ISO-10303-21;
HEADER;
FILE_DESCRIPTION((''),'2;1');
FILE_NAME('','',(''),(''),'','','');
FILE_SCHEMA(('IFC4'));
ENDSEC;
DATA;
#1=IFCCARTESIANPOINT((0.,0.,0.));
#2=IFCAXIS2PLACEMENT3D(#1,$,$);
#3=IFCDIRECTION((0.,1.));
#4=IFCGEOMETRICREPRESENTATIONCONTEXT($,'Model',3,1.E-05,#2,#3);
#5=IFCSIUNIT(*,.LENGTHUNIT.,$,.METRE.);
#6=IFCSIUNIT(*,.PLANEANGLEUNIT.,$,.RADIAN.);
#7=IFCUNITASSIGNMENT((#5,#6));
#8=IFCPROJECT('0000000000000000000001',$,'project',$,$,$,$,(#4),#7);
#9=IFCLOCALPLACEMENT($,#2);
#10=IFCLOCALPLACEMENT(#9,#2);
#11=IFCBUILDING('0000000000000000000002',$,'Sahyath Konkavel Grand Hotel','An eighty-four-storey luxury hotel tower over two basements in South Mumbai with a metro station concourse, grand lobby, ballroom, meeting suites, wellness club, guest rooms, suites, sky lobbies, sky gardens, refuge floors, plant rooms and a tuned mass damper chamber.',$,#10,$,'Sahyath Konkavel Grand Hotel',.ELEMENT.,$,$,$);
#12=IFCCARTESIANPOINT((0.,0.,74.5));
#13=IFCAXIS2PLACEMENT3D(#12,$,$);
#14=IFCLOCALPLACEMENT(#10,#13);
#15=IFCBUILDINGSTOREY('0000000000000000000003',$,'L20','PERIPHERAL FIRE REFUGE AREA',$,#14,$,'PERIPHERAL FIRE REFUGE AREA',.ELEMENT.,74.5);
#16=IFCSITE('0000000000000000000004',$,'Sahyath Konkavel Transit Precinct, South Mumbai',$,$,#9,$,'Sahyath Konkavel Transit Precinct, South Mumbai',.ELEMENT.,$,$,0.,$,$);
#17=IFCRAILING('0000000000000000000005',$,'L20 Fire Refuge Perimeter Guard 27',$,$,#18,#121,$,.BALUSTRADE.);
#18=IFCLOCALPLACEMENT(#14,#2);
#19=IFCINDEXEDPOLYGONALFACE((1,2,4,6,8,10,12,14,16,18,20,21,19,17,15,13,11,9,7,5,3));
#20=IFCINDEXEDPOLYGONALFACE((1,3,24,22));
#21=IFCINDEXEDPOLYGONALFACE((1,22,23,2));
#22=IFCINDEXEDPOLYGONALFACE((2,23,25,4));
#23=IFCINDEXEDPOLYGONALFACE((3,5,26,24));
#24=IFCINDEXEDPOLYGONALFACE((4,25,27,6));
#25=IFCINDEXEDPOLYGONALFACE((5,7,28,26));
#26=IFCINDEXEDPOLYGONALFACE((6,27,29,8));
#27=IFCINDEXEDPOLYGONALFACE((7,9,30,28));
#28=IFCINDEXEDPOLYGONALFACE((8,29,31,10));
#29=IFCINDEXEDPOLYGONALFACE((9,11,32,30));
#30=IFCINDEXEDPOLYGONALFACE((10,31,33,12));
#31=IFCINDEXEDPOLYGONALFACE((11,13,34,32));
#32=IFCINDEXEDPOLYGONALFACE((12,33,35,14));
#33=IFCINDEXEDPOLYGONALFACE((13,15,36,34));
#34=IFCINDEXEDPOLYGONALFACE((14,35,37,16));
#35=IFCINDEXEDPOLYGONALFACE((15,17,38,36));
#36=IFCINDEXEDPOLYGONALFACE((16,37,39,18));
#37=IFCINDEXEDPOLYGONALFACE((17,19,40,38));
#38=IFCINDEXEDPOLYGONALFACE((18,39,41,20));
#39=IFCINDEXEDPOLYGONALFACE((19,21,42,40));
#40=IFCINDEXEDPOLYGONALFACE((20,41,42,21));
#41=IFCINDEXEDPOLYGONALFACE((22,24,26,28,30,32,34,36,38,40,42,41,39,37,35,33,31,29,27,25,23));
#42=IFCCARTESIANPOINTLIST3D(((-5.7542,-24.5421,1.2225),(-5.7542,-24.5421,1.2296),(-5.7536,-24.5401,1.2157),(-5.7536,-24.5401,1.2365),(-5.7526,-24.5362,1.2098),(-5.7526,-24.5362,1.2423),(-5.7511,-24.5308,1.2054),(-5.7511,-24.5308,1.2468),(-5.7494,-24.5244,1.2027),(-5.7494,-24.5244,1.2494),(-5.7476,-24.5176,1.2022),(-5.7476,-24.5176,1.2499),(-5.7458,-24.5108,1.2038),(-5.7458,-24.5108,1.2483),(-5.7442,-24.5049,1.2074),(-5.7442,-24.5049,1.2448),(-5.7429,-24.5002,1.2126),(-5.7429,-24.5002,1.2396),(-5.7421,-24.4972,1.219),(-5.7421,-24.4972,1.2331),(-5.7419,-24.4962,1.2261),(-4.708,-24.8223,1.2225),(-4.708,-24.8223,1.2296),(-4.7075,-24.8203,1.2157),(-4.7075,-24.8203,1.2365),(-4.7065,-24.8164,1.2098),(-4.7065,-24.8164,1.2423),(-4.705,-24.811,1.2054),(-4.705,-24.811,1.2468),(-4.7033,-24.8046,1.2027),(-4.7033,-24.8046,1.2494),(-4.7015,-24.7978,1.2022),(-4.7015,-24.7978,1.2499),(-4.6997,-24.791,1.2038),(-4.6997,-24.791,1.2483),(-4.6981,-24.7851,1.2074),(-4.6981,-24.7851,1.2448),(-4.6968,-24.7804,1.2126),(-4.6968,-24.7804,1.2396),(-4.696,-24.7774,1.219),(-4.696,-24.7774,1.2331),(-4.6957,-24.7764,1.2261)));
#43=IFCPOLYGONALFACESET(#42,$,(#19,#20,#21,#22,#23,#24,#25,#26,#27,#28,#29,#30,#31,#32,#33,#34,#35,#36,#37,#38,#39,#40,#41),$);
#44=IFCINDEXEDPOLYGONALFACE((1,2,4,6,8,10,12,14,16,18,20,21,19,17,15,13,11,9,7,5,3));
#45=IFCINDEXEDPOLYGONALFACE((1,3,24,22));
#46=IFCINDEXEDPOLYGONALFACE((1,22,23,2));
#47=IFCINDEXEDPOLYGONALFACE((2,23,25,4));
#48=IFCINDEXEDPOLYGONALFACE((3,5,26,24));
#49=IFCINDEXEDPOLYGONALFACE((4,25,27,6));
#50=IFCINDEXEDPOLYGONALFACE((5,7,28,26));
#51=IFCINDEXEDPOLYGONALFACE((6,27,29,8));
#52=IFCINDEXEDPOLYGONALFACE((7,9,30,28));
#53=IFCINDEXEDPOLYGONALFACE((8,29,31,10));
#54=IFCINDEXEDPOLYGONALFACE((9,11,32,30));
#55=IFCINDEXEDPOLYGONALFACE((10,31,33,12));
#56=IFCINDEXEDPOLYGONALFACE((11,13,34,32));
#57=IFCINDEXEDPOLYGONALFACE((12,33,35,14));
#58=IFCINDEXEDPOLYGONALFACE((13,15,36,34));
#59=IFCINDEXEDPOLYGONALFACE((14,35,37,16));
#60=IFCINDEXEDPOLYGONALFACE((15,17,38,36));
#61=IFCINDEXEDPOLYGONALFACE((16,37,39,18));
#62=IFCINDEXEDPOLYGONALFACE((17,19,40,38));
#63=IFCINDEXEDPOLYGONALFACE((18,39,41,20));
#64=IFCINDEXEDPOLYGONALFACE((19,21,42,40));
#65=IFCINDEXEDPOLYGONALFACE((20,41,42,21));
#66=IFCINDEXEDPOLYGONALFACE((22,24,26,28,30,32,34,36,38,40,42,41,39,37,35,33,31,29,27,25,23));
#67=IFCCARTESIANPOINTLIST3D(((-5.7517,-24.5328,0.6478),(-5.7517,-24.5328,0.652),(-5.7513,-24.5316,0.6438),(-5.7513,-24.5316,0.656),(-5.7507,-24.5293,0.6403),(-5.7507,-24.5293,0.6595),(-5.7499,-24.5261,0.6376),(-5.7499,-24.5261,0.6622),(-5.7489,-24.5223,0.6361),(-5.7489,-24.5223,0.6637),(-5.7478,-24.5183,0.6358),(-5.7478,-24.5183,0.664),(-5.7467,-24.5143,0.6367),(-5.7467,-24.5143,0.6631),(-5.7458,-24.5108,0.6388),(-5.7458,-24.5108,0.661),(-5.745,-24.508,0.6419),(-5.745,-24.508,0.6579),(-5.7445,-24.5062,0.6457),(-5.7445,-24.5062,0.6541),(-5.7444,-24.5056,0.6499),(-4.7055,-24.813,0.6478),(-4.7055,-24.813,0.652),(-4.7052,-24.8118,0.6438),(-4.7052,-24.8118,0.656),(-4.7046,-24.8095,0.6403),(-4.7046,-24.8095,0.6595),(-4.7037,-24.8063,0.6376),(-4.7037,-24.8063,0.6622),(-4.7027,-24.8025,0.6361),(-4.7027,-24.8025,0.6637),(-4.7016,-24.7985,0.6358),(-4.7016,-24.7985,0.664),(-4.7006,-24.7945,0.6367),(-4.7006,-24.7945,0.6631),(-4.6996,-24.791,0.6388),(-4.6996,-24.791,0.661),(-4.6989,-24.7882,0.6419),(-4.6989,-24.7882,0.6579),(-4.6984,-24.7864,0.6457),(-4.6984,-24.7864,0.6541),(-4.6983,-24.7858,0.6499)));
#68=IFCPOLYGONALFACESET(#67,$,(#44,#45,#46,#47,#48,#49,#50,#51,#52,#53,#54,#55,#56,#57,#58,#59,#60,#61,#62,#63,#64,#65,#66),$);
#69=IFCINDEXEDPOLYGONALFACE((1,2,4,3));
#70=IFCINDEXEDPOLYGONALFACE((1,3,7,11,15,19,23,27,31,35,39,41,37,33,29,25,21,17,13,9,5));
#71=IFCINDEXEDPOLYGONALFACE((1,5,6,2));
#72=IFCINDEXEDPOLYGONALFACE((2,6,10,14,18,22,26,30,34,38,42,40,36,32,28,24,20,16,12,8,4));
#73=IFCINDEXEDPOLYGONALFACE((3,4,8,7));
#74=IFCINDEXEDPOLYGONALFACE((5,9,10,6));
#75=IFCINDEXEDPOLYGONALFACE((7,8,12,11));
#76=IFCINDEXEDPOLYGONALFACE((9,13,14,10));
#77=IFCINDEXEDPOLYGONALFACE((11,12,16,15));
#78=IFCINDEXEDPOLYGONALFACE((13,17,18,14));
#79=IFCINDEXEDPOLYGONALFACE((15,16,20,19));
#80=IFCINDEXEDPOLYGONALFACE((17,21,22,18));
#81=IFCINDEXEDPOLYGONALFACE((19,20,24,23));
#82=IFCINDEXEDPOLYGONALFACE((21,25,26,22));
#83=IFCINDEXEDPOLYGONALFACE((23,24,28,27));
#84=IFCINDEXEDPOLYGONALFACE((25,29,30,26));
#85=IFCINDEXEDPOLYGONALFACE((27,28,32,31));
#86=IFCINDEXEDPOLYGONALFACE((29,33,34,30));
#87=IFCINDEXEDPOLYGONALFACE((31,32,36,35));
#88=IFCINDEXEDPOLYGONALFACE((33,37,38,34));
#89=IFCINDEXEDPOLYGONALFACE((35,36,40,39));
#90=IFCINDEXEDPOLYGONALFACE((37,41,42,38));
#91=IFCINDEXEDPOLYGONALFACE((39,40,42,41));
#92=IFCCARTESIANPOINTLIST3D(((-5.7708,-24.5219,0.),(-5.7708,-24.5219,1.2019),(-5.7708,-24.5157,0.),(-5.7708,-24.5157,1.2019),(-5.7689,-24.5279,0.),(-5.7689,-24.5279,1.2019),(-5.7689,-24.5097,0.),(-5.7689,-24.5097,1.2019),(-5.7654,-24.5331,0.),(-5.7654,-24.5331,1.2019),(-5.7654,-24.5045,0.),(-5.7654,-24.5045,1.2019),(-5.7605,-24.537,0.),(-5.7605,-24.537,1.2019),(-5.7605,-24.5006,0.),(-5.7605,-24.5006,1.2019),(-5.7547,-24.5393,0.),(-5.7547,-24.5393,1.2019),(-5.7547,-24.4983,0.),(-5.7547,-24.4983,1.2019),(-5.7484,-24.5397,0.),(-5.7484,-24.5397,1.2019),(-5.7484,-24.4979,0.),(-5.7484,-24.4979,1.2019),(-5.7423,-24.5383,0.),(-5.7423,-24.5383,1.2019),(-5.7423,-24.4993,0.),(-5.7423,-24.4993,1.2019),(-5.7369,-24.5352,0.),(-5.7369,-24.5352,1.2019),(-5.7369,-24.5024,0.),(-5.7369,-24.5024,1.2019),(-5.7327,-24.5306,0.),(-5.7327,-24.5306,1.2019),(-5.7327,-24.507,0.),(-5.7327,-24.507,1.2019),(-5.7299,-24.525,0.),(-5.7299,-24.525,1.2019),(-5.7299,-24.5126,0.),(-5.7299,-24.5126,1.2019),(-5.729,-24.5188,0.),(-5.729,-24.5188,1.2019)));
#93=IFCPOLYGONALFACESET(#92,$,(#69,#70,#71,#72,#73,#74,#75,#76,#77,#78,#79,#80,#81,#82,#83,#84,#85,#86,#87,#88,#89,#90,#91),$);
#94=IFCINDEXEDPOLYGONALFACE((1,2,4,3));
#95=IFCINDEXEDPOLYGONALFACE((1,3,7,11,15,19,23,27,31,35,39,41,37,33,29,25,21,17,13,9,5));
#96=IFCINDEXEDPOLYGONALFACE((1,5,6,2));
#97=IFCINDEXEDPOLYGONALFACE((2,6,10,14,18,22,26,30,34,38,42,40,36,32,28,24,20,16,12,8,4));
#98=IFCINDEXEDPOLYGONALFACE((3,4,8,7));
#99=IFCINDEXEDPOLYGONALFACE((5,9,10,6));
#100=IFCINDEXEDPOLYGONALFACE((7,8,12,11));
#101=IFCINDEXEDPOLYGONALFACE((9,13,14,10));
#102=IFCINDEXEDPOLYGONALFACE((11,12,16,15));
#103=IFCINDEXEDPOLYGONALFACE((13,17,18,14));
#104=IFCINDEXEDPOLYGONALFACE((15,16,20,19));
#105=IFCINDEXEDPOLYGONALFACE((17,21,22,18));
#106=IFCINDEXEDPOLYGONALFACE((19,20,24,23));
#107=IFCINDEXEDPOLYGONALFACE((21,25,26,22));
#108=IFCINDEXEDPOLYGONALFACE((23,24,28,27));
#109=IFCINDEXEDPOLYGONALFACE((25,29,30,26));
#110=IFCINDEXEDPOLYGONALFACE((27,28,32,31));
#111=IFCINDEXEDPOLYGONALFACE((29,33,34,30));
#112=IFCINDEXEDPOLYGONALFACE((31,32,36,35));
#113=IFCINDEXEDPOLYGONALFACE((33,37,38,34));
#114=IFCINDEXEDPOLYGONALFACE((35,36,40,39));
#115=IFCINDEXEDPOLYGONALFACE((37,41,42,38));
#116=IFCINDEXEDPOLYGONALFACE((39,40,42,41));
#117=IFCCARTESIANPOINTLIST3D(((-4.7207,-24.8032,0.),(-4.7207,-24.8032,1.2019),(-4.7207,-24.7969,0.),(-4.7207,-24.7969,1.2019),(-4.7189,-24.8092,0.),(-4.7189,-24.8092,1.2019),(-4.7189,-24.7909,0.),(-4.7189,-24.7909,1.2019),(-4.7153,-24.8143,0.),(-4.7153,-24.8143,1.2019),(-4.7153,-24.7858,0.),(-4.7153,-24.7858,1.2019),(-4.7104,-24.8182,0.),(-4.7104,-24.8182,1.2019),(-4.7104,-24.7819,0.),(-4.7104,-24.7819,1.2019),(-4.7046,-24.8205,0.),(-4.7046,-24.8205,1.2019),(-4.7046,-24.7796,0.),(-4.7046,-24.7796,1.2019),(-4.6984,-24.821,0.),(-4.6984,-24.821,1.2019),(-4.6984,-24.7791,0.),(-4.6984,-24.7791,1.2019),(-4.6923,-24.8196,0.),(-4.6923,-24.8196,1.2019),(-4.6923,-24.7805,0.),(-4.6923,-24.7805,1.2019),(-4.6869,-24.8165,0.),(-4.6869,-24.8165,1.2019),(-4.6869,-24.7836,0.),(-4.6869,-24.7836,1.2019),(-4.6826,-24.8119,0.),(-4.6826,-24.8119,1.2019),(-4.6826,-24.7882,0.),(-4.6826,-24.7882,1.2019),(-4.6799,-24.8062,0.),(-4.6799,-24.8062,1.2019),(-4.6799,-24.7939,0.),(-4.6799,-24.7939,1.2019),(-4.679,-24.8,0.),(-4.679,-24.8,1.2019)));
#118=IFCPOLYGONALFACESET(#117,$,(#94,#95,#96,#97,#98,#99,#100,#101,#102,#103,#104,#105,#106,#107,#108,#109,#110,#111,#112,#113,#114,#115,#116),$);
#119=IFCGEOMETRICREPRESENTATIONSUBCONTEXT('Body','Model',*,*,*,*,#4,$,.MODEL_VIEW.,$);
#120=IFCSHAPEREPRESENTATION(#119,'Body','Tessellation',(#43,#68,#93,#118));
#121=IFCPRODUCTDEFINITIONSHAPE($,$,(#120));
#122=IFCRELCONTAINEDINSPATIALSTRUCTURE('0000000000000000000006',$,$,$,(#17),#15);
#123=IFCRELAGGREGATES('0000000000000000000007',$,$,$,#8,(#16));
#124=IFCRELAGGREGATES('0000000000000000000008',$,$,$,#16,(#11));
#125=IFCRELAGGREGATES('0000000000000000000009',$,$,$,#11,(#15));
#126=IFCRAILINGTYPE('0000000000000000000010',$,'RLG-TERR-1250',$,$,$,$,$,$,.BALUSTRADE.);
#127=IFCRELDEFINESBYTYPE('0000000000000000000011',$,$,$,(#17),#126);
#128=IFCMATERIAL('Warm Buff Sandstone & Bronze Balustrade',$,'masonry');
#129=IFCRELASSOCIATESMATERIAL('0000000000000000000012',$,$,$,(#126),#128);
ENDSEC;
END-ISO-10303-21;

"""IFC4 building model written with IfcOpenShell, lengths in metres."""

from ifc_helpers import new_model, si_unit, direction, frame, origin, origin_2d, place, context, subcontext, project, spatial, circle, extrude, material, type_object, element, save


model = new_model("IFC4")

# Units and contexts
model_context = context("Model", 3, precision=1e-05, world=origin(), true_north=direction((0.0, 1.0)))
body_context = subcontext(model_context, "Body", "Model", "MODEL_VIEW")
ifc_project = project(units=[si_unit("LENGTHUNIT", "METRE"), si_unit("PLANEANGLEUNIT", "RADIAN")], contexts=[model_context])

# Site, building, storey
site_placement = place(None, origin())
site = spatial("IfcSite", under=ifc_project, at=site_placement, Name="Sahyath Konkavel Transit Precinct, South Mumbai", LongName="Sahyath Konkavel Transit Precinct, South Mumbai", CompositionType="ELEMENT", RefElevation=0.0)
building_placement = place(site_placement, origin())
building = spatial("IfcBuilding", under=site, at=building_placement, Name="Sahyath Konkavel Grand Hotel", Description="An eighty-four-storey luxury hotel tower over two basements in South Mumbai with a metro station concourse, grand lobby, ballroom, meeting suites, wellness club, guest rooms, suites, sky lobbies, sky gardens, refuge floors, plant rooms and a tuned mass damper chamber.", LongName="Sahyath Konkavel Grand Hotel", CompositionType="ELEMENT")
storey_placement = place(building_placement, frame((0.0, 0.0, 74.5)))
storey = spatial("IfcBuildingStorey", under=building, at=storey_placement, Name="L20", Description="PERIPHERAL FIRE REFUGE AREA", LongName="PERIPHERAL FIRE REFUGE AREA", CompositionType="ELEMENT", Elevation=74.5)

# Railing
ifc_material_1 = material(Name="Warm Buff Sandstone & Bronze Balustrade", Category="masonry")
railing_type = type_object("IfcRailingType", Name="RLG-TERR-1250", PredefinedType="BALUSTRADE", material=ifc_material_1)
railing_1_placement = place(storey_placement, frame((-5.75, -24.5188, 0.0)))
element("IfcRailing", 1, at=railing_1_placement, inside=storey, type_object=railing_type, Name="L20 Fire Refuge Perimeter Guard 27", PredefinedType="BALUSTRADE", context=body_context, shape_type="SweptSolid", body=[
    extrude(circle(Radius=0.0239, at=origin_2d()), frame((0.002, -0.0005, 1.2261), z_axis=(0.965951, -0.258725, 0.0), x_axis=(0.258725, 0.965951, 0.0)), (0.0, 0.0, 1.0), 1.083),
    extrude(circle(Radius=0.0142, at=origin_2d()), frame((0.002, -0.0005, 0.6499), z_axis=(0.965951, -0.258725, 0.0), x_axis=(0.258725, 0.965951, 0.0)), (0.0, 0.0, 1.0), 1.083),
    extrude(circle(Radius=0.021, at=origin_2d()), origin(), (0.0, 0.0, 1.0), 1.2019),
    extrude(circle(Radius=0.021, at=origin_2d()), frame((1.05, -0.2812, 0.0)), (0.0, 0.0, 1.0), 1.2019),
])

save(model, "model.ifc")
